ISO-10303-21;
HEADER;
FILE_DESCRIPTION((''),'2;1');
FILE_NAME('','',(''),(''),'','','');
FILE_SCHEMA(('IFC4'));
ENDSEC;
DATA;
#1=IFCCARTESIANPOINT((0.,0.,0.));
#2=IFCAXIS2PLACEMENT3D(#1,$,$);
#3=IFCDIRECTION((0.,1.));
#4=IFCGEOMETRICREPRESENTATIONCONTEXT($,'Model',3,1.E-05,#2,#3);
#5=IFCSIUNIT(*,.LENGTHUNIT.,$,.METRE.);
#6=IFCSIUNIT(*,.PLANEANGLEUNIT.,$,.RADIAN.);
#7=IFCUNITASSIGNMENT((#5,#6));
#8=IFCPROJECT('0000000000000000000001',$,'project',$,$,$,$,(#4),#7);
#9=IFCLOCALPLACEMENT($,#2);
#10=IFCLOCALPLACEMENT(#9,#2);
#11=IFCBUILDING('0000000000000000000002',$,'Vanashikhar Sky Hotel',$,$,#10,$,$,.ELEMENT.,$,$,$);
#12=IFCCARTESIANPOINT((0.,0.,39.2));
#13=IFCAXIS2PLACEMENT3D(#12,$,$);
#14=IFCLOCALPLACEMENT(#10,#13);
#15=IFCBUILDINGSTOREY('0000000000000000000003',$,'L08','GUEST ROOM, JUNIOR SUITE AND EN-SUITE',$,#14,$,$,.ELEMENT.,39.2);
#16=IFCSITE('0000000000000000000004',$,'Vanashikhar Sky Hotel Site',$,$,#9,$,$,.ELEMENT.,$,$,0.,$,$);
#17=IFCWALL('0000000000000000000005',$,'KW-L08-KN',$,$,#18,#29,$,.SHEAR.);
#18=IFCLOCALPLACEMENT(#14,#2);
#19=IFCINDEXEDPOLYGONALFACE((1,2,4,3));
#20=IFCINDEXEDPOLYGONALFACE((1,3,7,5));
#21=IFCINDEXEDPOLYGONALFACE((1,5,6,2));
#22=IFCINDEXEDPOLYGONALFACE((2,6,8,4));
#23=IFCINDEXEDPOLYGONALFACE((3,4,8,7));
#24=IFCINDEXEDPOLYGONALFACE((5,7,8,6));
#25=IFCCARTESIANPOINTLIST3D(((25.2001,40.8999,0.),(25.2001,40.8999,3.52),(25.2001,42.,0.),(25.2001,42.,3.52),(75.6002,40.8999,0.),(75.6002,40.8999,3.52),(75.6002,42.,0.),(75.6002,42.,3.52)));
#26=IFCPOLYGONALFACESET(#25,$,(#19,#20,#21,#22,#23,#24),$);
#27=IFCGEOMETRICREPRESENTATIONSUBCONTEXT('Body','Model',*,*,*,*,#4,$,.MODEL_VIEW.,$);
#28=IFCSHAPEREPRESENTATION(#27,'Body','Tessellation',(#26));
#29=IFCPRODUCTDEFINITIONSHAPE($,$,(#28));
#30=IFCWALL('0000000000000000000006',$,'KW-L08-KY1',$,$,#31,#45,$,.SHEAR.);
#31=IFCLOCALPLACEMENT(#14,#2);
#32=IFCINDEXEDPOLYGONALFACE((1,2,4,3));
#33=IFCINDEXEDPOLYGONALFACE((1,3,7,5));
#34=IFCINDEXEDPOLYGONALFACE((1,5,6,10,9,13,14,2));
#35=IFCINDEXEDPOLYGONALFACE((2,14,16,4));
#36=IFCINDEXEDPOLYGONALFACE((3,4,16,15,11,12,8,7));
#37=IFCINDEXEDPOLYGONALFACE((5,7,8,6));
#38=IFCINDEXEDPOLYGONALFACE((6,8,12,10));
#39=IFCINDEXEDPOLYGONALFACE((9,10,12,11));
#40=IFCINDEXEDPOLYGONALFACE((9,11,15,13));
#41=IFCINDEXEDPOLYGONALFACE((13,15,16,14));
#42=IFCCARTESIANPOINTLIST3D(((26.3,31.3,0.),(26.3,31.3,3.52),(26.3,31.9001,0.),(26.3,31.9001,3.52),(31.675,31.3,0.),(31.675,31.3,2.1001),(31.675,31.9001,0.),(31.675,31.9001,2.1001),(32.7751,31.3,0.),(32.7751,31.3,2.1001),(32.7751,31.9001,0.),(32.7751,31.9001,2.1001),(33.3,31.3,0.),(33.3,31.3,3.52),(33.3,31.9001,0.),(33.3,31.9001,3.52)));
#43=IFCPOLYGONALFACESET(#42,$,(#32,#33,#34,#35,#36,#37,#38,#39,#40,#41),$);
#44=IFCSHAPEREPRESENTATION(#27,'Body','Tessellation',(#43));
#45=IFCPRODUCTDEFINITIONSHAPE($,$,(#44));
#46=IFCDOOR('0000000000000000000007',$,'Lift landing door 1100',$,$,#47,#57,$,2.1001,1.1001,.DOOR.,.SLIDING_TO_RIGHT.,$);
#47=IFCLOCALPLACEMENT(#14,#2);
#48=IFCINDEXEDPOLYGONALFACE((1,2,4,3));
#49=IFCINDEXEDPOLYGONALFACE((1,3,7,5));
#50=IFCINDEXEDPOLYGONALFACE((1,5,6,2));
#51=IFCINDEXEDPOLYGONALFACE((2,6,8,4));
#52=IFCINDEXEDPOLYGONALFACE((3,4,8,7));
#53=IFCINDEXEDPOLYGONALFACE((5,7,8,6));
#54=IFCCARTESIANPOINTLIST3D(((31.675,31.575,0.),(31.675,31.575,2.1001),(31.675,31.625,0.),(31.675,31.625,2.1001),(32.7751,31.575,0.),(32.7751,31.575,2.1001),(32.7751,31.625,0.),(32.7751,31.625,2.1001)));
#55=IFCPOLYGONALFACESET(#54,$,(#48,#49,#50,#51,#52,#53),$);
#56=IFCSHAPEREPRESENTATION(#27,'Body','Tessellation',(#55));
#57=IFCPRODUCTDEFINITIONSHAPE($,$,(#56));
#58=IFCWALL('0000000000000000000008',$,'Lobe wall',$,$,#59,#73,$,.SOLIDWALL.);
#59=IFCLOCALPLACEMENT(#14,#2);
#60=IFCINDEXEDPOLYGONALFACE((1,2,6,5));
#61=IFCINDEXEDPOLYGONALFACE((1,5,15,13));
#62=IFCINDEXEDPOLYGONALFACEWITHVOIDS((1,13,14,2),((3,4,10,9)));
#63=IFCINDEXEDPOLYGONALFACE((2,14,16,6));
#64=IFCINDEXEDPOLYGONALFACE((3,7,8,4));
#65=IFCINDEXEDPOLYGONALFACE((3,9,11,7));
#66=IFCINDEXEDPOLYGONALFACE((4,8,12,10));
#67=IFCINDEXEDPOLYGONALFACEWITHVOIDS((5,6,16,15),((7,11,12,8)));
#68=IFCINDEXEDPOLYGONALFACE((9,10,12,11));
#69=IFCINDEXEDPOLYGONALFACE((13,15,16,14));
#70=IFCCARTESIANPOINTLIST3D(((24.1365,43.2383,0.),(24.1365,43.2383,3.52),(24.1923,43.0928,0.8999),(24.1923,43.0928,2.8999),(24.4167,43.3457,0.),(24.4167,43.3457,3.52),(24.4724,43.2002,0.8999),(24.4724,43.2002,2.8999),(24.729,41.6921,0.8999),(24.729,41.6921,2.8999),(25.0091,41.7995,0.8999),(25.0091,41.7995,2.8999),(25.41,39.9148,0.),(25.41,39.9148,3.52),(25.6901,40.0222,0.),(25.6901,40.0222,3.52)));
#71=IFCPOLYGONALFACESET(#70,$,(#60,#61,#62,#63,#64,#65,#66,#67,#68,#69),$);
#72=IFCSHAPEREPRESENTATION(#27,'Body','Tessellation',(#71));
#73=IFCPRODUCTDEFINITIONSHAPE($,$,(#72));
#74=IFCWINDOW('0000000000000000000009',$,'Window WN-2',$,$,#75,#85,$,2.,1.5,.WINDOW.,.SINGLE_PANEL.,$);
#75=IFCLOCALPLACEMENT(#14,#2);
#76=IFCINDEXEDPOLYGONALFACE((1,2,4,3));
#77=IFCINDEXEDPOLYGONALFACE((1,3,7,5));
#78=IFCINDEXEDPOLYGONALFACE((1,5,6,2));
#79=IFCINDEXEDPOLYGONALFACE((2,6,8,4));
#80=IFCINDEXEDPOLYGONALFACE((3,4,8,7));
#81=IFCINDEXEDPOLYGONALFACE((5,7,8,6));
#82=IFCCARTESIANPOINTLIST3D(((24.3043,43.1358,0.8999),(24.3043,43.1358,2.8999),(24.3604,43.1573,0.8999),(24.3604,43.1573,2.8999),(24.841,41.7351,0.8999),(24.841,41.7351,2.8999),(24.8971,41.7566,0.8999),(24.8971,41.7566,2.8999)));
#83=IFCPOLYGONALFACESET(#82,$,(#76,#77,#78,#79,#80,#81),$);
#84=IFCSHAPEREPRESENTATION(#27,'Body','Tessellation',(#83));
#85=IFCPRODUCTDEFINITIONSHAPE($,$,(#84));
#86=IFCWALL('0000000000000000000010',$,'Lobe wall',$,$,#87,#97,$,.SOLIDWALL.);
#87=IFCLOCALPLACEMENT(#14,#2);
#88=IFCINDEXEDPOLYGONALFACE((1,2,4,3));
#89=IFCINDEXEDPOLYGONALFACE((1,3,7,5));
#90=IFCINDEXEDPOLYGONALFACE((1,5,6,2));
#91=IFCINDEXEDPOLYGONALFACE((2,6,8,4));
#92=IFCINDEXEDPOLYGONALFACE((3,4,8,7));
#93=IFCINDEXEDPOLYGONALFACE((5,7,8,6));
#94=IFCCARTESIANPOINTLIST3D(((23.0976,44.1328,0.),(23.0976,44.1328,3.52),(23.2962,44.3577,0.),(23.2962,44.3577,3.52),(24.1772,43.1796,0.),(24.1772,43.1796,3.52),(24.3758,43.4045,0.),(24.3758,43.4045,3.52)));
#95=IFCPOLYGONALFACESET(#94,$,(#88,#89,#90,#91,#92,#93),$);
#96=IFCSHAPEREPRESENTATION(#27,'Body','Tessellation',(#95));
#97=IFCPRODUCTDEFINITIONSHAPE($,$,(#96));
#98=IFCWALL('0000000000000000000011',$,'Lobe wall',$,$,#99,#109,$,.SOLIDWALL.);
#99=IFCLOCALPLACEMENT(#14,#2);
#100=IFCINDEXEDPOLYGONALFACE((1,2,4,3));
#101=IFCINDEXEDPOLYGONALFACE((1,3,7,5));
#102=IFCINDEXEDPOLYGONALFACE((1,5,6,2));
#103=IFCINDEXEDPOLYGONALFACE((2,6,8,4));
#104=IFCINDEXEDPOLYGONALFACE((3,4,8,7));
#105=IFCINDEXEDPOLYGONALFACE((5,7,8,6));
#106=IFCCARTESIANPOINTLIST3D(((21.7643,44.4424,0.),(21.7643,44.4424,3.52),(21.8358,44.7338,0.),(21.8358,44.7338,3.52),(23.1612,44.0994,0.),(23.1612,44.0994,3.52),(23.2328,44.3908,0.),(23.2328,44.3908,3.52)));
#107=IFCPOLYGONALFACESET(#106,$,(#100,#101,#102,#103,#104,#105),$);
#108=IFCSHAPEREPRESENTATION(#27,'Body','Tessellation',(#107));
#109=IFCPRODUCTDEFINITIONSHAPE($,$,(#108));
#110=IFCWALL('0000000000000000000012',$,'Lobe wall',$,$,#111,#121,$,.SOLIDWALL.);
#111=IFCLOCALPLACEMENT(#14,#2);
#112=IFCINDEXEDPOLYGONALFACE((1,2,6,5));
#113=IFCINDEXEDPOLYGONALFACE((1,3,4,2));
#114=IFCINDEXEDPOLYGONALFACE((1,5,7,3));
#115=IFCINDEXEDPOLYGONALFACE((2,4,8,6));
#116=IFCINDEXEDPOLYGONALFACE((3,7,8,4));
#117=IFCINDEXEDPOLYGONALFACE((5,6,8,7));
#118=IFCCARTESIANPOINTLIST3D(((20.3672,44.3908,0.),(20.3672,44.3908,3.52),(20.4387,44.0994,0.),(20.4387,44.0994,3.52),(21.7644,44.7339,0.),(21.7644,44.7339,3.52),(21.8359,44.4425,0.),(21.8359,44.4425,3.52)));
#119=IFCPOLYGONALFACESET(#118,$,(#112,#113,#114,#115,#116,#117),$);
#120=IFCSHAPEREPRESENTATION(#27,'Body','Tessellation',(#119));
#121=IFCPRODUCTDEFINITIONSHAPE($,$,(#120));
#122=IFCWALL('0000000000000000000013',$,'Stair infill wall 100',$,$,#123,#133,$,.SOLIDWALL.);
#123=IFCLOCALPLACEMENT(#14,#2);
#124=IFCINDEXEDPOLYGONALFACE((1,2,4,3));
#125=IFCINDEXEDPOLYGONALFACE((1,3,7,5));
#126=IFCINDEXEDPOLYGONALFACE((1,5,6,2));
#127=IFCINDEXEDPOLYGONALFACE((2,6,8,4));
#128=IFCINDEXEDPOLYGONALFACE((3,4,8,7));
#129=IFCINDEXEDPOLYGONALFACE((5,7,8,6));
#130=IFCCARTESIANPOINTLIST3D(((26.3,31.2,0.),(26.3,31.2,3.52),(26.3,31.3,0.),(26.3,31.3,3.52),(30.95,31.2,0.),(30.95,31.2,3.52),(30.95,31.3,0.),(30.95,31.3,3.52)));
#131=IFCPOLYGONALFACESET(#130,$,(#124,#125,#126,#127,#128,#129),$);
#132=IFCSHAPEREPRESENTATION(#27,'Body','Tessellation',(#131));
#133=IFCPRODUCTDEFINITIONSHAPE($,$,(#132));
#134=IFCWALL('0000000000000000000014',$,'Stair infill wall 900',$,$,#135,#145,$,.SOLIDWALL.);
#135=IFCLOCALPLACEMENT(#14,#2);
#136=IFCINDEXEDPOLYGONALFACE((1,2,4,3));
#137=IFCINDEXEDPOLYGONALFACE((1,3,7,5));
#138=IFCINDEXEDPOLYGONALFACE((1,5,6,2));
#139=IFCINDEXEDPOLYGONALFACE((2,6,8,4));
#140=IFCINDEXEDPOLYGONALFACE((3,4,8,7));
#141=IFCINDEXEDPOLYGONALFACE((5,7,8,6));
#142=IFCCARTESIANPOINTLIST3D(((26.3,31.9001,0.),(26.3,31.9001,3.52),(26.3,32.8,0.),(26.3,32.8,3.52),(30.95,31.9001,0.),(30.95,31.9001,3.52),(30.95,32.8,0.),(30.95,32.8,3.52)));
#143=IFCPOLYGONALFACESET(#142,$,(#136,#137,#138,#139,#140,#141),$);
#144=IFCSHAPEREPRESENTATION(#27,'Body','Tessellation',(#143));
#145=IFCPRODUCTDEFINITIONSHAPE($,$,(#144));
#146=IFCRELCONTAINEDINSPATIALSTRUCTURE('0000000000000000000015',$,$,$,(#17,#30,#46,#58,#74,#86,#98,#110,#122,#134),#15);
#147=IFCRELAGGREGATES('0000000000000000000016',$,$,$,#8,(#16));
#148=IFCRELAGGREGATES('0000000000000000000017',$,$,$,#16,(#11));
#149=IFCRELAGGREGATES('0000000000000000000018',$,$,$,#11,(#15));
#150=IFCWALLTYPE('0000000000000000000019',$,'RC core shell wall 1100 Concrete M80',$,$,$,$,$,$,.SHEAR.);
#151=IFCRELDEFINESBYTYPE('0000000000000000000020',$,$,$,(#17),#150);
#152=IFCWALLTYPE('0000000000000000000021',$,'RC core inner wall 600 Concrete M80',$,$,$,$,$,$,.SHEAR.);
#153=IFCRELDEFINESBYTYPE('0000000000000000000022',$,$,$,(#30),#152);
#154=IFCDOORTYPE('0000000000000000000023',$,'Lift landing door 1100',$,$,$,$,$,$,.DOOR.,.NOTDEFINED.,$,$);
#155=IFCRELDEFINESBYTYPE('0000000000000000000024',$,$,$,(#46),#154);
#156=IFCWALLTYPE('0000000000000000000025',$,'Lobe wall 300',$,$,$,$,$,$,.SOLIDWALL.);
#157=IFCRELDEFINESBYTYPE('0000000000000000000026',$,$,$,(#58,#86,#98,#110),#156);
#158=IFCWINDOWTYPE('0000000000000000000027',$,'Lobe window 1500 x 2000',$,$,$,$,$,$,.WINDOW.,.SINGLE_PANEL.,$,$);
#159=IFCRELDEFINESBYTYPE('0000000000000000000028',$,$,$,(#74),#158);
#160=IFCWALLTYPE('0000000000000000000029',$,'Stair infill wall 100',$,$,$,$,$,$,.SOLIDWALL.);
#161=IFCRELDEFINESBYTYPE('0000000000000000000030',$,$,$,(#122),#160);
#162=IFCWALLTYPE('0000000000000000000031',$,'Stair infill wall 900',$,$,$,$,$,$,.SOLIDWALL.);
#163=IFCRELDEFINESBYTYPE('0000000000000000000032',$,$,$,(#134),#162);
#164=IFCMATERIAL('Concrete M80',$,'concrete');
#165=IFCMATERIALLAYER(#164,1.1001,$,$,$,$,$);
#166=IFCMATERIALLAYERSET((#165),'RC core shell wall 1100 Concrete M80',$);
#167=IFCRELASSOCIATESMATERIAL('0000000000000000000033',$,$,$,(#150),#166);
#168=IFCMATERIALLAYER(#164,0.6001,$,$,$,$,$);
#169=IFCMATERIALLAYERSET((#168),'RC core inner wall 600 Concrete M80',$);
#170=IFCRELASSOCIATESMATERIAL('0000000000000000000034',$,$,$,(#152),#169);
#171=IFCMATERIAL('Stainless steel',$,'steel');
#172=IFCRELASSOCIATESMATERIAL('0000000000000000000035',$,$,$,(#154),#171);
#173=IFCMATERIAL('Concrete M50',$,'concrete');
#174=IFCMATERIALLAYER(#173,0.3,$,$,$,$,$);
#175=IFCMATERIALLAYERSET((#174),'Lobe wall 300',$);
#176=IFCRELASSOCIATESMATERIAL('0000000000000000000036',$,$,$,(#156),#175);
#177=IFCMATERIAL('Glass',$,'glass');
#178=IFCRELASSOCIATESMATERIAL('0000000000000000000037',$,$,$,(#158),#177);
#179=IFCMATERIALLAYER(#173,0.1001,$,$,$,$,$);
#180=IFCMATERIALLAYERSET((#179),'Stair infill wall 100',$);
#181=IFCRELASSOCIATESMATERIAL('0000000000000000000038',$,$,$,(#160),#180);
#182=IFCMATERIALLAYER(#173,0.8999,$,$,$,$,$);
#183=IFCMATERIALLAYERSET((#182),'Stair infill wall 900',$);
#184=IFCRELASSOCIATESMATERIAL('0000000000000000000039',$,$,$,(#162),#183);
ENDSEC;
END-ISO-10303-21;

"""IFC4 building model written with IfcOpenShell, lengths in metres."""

from ifc_helpers import new_model, si_unit, direction, frame, frame_2d, origin, place, context, subcontext, project, spatial, rectangle, extrude, source, transform, mapped, material, layer, layer_set, type_object, element, fill, save


model = new_model("IFC4")

# Units and contexts
model_context = context("Model", 3, precision=1e-05, world=origin(), true_north=direction((0.0, 1.0)))
body_context = subcontext(model_context, "Body", "Model", "MODEL_VIEW")
ifc_project = project(units=[si_unit("LENGTHUNIT", "METRE"), si_unit("PLANEANGLEUNIT", "RADIAN")], contexts=[model_context])

# Site, building, storey
site_placement = place(None, origin())
site = spatial("IfcSite", under=ifc_project, at=site_placement, Name="Vanashikhar Sky Hotel Site", CompositionType="ELEMENT", RefElevation=0.0)
building_placement = place(site_placement, origin())
building = spatial("IfcBuilding", under=site, at=building_placement, Name="Vanashikhar Sky Hotel", CompositionType="ELEMENT")
storey_placement = place(building_placement, frame((0.0, 0.0, 39.2)))
storey = spatial("IfcBuildingStorey", under=building, at=storey_placement, Name="L08", Description="GUEST ROOM, JUNIOR SUITE AND EN-SUITE", CompositionType="ELEMENT", Elevation=39.2)

# Wall
ifc_material_1 = material(Name="Concrete M80", Category="concrete")
ifc_layer_1 = layer(ifc_material_1, 1.1001)
ifc_layer_set_1 = layer_set([ifc_layer_1], Name="RC core shell wall 1100 Concrete M80")
wall_type_1 = type_object("IfcWallType", Name="RC core shell wall 1100 Concrete M80", PredefinedType="SHEAR", material=ifc_layer_set_1)
shared_shape_1 = source(origin(), body_context, "Body", "SweptSolid", [
    extrude(rectangle(XDim=50.4001, YDim=1.1001, at=frame_2d((25.2002, 0.0))), origin(), (0.0, 0.0, 1.0), 3.52),
])
wall_1_placement = place(storey_placement, frame((25.2, 41.45, 0.0), z_axis=(0.0, 0.0, 1.0), x_axis=(1.0, 0.0, 0.0)))
element("IfcWall", 1, at=wall_1_placement, inside=storey, type_object=wall_type_1, Name="KW-L08-KN", PredefinedType="SHEAR", context=body_context, shape_type="MappedRepresentation", body=[
    mapped(shared_shape_1, transform((0.0, 0.0, 0.0), scale=1.0)),
])

# Wall, opening, door
ifc_layer_2 = layer(ifc_material_1, 0.6001)
ifc_layer_set_2 = layer_set([ifc_layer_2], Name="RC core inner wall 600 Concrete M80")
wall_type_2 = type_object("IfcWallType", Name="RC core inner wall 600 Concrete M80", PredefinedType="SHEAR", material=ifc_layer_set_2)
shared_shape_2 = source(origin(), body_context, "Body", "SweptSolid", [
    extrude(rectangle(XDim=7.0, YDim=0.6001, at=frame_2d((3.5, 0.0))), origin(), (0.0, 0.0, 1.0), 3.52),
])
wall_2_placement = place(storey_placement, frame((26.3, 31.6001, 0.0), z_axis=(0.0, 0.0, 1.0), x_axis=(1.0, 0.0, 0.0)))
wall_2 = element("IfcWall", 2, at=wall_2_placement, inside=storey, type_object=wall_type_2, Name="KW-L08-KY1", PredefinedType="SHEAR", context=body_context, shape_type="MappedRepresentation", body=[
    mapped(shared_shape_2, transform((0.0, 0.0, 0.0), scale=1.0)),
])
shared_shape_3 = source(origin(), body_context, "Body", "SweptSolid", [
    extrude(rectangle(XDim=1.1001, YDim=2.1001, at=frame_2d((0.55, 1.05))), frame((0.0, 0.3101, 0.0), z_axis=(0.0, -1.0, 0.0), x_axis=(1.0, 0.0, 0.0)), (0.0, 0.0, 1.0), 0.6201),
])
opening_1_placement = place(wall_2_placement, frame((5.375, 0.0, 0.0)))
opening_1 = element("IfcOpeningElement", 3, at=opening_1_placement, cuts=wall_2, PredefinedType="OPENING", context=body_context, shape_type="MappedRepresentation", body=[
    mapped(shared_shape_3, transform((0.0, 0.0, 0.0), scale=1.0)),
])
ifc_material_2 = material(Name="Stainless steel", Category="steel")
door_type = type_object("IfcDoorType", Name="Lift landing door 1100", OperationType="NOTDEFINED", PredefinedType="DOOR", material=ifc_material_2)
shared_shape_4 = source(origin(), body_context, "Body", "SweptSolid", [
    extrude(rectangle(XDim=1.1001, YDim=2.1001, at=frame_2d((0.55, 1.05))), frame((0.0, 0.0249, 0.0), z_axis=(0.0, -1.0, 0.0), x_axis=(1.0, 0.0, 0.0)), (0.0, 0.0, 1.0), 0.05),
])
door_placement = place(opening_1_placement, origin())
door = element("IfcDoor", 4, at=door_placement, inside=storey, type_object=door_type, Name="Lift landing door 1100", OperationType="SLIDING_TO_RIGHT", OverallHeight=2.1001, OverallWidth=1.1001, PredefinedType="DOOR", context=body_context, shape_type="MappedRepresentation", body=[
    mapped(shared_shape_4, transform((0.0, 0.0, 0.0), scale=1.0)),
])
fill(opening_1, door)

# Wall, opening, window
ifc_material_3 = material(Name="Concrete M50", Category="concrete")
ifc_layer_3 = layer(ifc_material_3, 0.3)
ifc_layer_set_3 = layer_set([ifc_layer_3], Name="Lobe wall 300")
wall_type_3 = type_object("IfcWallType", Name="Lobe wall 300", PredefinedType="SOLIDWALL", material=ifc_layer_set_3)
shared_shape_5 = source(origin(), body_context, "Body", "SweptSolid", [
    extrude(rectangle(XDim=3.5591, YDim=0.3, at=frame_2d((1.7795, 0.0))), origin(), (0.0, 0.0, 1.0), 3.52),
])
wall_3_placement = place(storey_placement, frame((25.55, 39.9685, 0.0), z_axis=(0.0, 0.0, 1.0), x_axis=(-0.357797, 0.933799, 0.0)))
wall_3 = element("IfcWall", 5, at=wall_3_placement, inside=storey, type_object=wall_type_3, Name="Lobe wall", PredefinedType="SOLIDWALL", context=body_context, shape_type="MappedRepresentation", body=[
    mapped(shared_shape_5, transform((0.0, 0.0, 0.0), scale=1.0)),
])
shared_shape_6 = source(origin(), body_context, "Body", "SweptSolid", [
    extrude(rectangle(XDim=1.5, YDim=2.0, at=frame_2d((0.75, 1.0))), frame((0.0, 0.1602, 0.0), z_axis=(0.0, -1.0, 0.0), x_axis=(1.0, 0.0, 0.0)), (0.0, 0.0, 1.0), 0.3201),
])
opening_2_placement = place(wall_3_placement, frame((1.9033, 0.0, 0.8999)))
opening_2 = element("IfcOpeningElement", 6, at=opening_2_placement, cuts=wall_3, PredefinedType="OPENING", context=body_context, shape_type="MappedRepresentation", body=[
    mapped(shared_shape_6, transform((0.0, 0.0, 0.0), scale=1.0)),
])
ifc_material_4 = material(Name="Glass", Category="glass")
window_type = type_object("IfcWindowType", Name="Lobe window 1500 x 2000", PartitioningType="SINGLE_PANEL", PredefinedType="WINDOW", material=ifc_material_4)
shared_shape_7 = source(origin(), body_context, "Body", "SweptSolid", [
    extrude(rectangle(XDim=1.5, YDim=2.0, at=frame_2d((0.75, 1.0))), frame((0.0, 0.03, 0.0), z_axis=(0.0, -1.0, 0.0), x_axis=(1.0, 0.0, 0.0)), (0.0, 0.0, 1.0), 0.0601),
])
window_placement = place(opening_2_placement, origin())
window = element("IfcWindow", 7, at=window_placement, inside=storey, type_object=window_type, Name="Window WN-2", OverallHeight=2.0, OverallWidth=1.5, PartitioningType="SINGLE_PANEL", PredefinedType="WINDOW", context=body_context, shape_type="MappedRepresentation", body=[
    mapped(shared_shape_7, transform((0.0, 0.0, 0.0), scale=1.0)),
])
fill(opening_2, window)

# Walls
shared_shape_8 = source(origin(), body_context, "Body", "SweptSolid", [
    extrude(rectangle(XDim=1.4402, YDim=0.3, at=frame_2d((0.7202, 0.0))), origin(), (0.0, 0.0, 1.0), 3.52),
])
wall_4_placement = place(storey_placement, frame((24.2766, 43.292, 0.0), z_axis=(0.0, 0.0, 1.0), x_axis=(-0.74965, 0.661835, 0.0)))
element("IfcWall", 8, at=wall_4_placement, inside=storey, type_object=wall_type_3, Name="Lobe wall", PredefinedType="SOLIDWALL", context=body_context, shape_type="MappedRepresentation", body=[
    mapped(shared_shape_8, transform((0.0, 0.0, 0.0), scale=1.0)),
])
shared_shape_9 = source(origin(), body_context, "Body", "SweptSolid", [
    extrude(rectangle(XDim=1.4385, YDim=0.3, at=frame_2d((0.7192, 0.0))), origin(), (0.0, 0.0, 1.0), 3.52),
])
wall_5_placement = place(storey_placement, frame((23.197, 44.2451, 0.0), z_axis=(0.0, 0.0, 1.0), x_axis=(-0.971152, 0.23846, 0.0)))
element("IfcWall", 9, at=wall_5_placement, inside=storey, type_object=wall_type_3, Name="Lobe wall", PredefinedType="SOLIDWALL", context=body_context, shape_type="MappedRepresentation", body=[
    mapped(shared_shape_9, transform((0.0, 0.0, 0.0), scale=1.0)),
])
shared_shape_10 = source(origin(), body_context, "Body", "SweptSolid", [
    extrude(rectangle(XDim=1.4387, YDim=0.3, at=frame_2d((0.7192, 0.0))), origin(), (0.0, 0.0, 1.0), 3.52),
])
wall_6_placement = place(storey_placement, frame((21.8, 44.5881, 0.0), z_axis=(0.0, 0.0, 1.0), x_axis=(-0.971162, -0.238421, 0.0)))
element("IfcWall", 10, at=wall_6_placement, inside=storey, type_object=wall_type_3, Name="Lobe wall", PredefinedType="SOLIDWALL", context=body_context, shape_type="MappedRepresentation", body=[
    mapped(shared_shape_10, transform((0.0, 0.0, 0.0), scale=1.0)),
])
ifc_layer_4 = layer(ifc_material_3, 0.1001)
ifc_layer_set_4 = layer_set([ifc_layer_4], Name="Stair infill wall 100")
wall_type_4 = type_object("IfcWallType", Name="Stair infill wall 100", PredefinedType="SOLIDWALL", material=ifc_layer_set_4)
shared_shape_11 = source(origin(), body_context, "Body", "SweptSolid", [
    extrude(rectangle(XDim=4.6499, YDim=0.1001, at=frame_2d((2.325, 0.0))), origin(), (0.0, 0.0, 1.0), 3.52),
])
wall_7_placement = place(storey_placement, frame((26.3, 31.25, 0.0), z_axis=(0.0, 0.0, 1.0), x_axis=(1.0, 0.0, 0.0)))
element("IfcWall", 11, at=wall_7_placement, inside=storey, type_object=wall_type_4, Name="Stair infill wall 100", PredefinedType="SOLIDWALL", context=body_context, shape_type="MappedRepresentation", body=[
    mapped(shared_shape_11, transform((0.0, 0.0, 0.0), scale=1.0)),
])
ifc_layer_5 = layer(ifc_material_3, 0.8999)
ifc_layer_set_5 = layer_set([ifc_layer_5], Name="Stair infill wall 900")
wall_type_5 = type_object("IfcWallType", Name="Stair infill wall 900", PredefinedType="SOLIDWALL", material=ifc_layer_set_5)
shared_shape_12 = source(origin(), body_context, "Body", "SweptSolid", [
    extrude(rectangle(XDim=4.6499, YDim=0.8999, at=frame_2d((2.325, 0.0))), origin(), (0.0, 0.0, 1.0), 3.52),
])
wall_8_placement = place(storey_placement, frame((26.3, 32.3501, 0.0), z_axis=(0.0, 0.0, 1.0), x_axis=(1.0, 0.0, 0.0)))
element("IfcWall", 12, at=wall_8_placement, inside=storey, type_object=wall_type_5, Name="Stair infill wall 900", PredefinedType="SOLIDWALL", context=body_context, shape_type="MappedRepresentation", body=[
    mapped(shared_shape_12, transform((0.0, 0.0, 0.0), scale=1.0)),
])

save(model, "model.ifc")
